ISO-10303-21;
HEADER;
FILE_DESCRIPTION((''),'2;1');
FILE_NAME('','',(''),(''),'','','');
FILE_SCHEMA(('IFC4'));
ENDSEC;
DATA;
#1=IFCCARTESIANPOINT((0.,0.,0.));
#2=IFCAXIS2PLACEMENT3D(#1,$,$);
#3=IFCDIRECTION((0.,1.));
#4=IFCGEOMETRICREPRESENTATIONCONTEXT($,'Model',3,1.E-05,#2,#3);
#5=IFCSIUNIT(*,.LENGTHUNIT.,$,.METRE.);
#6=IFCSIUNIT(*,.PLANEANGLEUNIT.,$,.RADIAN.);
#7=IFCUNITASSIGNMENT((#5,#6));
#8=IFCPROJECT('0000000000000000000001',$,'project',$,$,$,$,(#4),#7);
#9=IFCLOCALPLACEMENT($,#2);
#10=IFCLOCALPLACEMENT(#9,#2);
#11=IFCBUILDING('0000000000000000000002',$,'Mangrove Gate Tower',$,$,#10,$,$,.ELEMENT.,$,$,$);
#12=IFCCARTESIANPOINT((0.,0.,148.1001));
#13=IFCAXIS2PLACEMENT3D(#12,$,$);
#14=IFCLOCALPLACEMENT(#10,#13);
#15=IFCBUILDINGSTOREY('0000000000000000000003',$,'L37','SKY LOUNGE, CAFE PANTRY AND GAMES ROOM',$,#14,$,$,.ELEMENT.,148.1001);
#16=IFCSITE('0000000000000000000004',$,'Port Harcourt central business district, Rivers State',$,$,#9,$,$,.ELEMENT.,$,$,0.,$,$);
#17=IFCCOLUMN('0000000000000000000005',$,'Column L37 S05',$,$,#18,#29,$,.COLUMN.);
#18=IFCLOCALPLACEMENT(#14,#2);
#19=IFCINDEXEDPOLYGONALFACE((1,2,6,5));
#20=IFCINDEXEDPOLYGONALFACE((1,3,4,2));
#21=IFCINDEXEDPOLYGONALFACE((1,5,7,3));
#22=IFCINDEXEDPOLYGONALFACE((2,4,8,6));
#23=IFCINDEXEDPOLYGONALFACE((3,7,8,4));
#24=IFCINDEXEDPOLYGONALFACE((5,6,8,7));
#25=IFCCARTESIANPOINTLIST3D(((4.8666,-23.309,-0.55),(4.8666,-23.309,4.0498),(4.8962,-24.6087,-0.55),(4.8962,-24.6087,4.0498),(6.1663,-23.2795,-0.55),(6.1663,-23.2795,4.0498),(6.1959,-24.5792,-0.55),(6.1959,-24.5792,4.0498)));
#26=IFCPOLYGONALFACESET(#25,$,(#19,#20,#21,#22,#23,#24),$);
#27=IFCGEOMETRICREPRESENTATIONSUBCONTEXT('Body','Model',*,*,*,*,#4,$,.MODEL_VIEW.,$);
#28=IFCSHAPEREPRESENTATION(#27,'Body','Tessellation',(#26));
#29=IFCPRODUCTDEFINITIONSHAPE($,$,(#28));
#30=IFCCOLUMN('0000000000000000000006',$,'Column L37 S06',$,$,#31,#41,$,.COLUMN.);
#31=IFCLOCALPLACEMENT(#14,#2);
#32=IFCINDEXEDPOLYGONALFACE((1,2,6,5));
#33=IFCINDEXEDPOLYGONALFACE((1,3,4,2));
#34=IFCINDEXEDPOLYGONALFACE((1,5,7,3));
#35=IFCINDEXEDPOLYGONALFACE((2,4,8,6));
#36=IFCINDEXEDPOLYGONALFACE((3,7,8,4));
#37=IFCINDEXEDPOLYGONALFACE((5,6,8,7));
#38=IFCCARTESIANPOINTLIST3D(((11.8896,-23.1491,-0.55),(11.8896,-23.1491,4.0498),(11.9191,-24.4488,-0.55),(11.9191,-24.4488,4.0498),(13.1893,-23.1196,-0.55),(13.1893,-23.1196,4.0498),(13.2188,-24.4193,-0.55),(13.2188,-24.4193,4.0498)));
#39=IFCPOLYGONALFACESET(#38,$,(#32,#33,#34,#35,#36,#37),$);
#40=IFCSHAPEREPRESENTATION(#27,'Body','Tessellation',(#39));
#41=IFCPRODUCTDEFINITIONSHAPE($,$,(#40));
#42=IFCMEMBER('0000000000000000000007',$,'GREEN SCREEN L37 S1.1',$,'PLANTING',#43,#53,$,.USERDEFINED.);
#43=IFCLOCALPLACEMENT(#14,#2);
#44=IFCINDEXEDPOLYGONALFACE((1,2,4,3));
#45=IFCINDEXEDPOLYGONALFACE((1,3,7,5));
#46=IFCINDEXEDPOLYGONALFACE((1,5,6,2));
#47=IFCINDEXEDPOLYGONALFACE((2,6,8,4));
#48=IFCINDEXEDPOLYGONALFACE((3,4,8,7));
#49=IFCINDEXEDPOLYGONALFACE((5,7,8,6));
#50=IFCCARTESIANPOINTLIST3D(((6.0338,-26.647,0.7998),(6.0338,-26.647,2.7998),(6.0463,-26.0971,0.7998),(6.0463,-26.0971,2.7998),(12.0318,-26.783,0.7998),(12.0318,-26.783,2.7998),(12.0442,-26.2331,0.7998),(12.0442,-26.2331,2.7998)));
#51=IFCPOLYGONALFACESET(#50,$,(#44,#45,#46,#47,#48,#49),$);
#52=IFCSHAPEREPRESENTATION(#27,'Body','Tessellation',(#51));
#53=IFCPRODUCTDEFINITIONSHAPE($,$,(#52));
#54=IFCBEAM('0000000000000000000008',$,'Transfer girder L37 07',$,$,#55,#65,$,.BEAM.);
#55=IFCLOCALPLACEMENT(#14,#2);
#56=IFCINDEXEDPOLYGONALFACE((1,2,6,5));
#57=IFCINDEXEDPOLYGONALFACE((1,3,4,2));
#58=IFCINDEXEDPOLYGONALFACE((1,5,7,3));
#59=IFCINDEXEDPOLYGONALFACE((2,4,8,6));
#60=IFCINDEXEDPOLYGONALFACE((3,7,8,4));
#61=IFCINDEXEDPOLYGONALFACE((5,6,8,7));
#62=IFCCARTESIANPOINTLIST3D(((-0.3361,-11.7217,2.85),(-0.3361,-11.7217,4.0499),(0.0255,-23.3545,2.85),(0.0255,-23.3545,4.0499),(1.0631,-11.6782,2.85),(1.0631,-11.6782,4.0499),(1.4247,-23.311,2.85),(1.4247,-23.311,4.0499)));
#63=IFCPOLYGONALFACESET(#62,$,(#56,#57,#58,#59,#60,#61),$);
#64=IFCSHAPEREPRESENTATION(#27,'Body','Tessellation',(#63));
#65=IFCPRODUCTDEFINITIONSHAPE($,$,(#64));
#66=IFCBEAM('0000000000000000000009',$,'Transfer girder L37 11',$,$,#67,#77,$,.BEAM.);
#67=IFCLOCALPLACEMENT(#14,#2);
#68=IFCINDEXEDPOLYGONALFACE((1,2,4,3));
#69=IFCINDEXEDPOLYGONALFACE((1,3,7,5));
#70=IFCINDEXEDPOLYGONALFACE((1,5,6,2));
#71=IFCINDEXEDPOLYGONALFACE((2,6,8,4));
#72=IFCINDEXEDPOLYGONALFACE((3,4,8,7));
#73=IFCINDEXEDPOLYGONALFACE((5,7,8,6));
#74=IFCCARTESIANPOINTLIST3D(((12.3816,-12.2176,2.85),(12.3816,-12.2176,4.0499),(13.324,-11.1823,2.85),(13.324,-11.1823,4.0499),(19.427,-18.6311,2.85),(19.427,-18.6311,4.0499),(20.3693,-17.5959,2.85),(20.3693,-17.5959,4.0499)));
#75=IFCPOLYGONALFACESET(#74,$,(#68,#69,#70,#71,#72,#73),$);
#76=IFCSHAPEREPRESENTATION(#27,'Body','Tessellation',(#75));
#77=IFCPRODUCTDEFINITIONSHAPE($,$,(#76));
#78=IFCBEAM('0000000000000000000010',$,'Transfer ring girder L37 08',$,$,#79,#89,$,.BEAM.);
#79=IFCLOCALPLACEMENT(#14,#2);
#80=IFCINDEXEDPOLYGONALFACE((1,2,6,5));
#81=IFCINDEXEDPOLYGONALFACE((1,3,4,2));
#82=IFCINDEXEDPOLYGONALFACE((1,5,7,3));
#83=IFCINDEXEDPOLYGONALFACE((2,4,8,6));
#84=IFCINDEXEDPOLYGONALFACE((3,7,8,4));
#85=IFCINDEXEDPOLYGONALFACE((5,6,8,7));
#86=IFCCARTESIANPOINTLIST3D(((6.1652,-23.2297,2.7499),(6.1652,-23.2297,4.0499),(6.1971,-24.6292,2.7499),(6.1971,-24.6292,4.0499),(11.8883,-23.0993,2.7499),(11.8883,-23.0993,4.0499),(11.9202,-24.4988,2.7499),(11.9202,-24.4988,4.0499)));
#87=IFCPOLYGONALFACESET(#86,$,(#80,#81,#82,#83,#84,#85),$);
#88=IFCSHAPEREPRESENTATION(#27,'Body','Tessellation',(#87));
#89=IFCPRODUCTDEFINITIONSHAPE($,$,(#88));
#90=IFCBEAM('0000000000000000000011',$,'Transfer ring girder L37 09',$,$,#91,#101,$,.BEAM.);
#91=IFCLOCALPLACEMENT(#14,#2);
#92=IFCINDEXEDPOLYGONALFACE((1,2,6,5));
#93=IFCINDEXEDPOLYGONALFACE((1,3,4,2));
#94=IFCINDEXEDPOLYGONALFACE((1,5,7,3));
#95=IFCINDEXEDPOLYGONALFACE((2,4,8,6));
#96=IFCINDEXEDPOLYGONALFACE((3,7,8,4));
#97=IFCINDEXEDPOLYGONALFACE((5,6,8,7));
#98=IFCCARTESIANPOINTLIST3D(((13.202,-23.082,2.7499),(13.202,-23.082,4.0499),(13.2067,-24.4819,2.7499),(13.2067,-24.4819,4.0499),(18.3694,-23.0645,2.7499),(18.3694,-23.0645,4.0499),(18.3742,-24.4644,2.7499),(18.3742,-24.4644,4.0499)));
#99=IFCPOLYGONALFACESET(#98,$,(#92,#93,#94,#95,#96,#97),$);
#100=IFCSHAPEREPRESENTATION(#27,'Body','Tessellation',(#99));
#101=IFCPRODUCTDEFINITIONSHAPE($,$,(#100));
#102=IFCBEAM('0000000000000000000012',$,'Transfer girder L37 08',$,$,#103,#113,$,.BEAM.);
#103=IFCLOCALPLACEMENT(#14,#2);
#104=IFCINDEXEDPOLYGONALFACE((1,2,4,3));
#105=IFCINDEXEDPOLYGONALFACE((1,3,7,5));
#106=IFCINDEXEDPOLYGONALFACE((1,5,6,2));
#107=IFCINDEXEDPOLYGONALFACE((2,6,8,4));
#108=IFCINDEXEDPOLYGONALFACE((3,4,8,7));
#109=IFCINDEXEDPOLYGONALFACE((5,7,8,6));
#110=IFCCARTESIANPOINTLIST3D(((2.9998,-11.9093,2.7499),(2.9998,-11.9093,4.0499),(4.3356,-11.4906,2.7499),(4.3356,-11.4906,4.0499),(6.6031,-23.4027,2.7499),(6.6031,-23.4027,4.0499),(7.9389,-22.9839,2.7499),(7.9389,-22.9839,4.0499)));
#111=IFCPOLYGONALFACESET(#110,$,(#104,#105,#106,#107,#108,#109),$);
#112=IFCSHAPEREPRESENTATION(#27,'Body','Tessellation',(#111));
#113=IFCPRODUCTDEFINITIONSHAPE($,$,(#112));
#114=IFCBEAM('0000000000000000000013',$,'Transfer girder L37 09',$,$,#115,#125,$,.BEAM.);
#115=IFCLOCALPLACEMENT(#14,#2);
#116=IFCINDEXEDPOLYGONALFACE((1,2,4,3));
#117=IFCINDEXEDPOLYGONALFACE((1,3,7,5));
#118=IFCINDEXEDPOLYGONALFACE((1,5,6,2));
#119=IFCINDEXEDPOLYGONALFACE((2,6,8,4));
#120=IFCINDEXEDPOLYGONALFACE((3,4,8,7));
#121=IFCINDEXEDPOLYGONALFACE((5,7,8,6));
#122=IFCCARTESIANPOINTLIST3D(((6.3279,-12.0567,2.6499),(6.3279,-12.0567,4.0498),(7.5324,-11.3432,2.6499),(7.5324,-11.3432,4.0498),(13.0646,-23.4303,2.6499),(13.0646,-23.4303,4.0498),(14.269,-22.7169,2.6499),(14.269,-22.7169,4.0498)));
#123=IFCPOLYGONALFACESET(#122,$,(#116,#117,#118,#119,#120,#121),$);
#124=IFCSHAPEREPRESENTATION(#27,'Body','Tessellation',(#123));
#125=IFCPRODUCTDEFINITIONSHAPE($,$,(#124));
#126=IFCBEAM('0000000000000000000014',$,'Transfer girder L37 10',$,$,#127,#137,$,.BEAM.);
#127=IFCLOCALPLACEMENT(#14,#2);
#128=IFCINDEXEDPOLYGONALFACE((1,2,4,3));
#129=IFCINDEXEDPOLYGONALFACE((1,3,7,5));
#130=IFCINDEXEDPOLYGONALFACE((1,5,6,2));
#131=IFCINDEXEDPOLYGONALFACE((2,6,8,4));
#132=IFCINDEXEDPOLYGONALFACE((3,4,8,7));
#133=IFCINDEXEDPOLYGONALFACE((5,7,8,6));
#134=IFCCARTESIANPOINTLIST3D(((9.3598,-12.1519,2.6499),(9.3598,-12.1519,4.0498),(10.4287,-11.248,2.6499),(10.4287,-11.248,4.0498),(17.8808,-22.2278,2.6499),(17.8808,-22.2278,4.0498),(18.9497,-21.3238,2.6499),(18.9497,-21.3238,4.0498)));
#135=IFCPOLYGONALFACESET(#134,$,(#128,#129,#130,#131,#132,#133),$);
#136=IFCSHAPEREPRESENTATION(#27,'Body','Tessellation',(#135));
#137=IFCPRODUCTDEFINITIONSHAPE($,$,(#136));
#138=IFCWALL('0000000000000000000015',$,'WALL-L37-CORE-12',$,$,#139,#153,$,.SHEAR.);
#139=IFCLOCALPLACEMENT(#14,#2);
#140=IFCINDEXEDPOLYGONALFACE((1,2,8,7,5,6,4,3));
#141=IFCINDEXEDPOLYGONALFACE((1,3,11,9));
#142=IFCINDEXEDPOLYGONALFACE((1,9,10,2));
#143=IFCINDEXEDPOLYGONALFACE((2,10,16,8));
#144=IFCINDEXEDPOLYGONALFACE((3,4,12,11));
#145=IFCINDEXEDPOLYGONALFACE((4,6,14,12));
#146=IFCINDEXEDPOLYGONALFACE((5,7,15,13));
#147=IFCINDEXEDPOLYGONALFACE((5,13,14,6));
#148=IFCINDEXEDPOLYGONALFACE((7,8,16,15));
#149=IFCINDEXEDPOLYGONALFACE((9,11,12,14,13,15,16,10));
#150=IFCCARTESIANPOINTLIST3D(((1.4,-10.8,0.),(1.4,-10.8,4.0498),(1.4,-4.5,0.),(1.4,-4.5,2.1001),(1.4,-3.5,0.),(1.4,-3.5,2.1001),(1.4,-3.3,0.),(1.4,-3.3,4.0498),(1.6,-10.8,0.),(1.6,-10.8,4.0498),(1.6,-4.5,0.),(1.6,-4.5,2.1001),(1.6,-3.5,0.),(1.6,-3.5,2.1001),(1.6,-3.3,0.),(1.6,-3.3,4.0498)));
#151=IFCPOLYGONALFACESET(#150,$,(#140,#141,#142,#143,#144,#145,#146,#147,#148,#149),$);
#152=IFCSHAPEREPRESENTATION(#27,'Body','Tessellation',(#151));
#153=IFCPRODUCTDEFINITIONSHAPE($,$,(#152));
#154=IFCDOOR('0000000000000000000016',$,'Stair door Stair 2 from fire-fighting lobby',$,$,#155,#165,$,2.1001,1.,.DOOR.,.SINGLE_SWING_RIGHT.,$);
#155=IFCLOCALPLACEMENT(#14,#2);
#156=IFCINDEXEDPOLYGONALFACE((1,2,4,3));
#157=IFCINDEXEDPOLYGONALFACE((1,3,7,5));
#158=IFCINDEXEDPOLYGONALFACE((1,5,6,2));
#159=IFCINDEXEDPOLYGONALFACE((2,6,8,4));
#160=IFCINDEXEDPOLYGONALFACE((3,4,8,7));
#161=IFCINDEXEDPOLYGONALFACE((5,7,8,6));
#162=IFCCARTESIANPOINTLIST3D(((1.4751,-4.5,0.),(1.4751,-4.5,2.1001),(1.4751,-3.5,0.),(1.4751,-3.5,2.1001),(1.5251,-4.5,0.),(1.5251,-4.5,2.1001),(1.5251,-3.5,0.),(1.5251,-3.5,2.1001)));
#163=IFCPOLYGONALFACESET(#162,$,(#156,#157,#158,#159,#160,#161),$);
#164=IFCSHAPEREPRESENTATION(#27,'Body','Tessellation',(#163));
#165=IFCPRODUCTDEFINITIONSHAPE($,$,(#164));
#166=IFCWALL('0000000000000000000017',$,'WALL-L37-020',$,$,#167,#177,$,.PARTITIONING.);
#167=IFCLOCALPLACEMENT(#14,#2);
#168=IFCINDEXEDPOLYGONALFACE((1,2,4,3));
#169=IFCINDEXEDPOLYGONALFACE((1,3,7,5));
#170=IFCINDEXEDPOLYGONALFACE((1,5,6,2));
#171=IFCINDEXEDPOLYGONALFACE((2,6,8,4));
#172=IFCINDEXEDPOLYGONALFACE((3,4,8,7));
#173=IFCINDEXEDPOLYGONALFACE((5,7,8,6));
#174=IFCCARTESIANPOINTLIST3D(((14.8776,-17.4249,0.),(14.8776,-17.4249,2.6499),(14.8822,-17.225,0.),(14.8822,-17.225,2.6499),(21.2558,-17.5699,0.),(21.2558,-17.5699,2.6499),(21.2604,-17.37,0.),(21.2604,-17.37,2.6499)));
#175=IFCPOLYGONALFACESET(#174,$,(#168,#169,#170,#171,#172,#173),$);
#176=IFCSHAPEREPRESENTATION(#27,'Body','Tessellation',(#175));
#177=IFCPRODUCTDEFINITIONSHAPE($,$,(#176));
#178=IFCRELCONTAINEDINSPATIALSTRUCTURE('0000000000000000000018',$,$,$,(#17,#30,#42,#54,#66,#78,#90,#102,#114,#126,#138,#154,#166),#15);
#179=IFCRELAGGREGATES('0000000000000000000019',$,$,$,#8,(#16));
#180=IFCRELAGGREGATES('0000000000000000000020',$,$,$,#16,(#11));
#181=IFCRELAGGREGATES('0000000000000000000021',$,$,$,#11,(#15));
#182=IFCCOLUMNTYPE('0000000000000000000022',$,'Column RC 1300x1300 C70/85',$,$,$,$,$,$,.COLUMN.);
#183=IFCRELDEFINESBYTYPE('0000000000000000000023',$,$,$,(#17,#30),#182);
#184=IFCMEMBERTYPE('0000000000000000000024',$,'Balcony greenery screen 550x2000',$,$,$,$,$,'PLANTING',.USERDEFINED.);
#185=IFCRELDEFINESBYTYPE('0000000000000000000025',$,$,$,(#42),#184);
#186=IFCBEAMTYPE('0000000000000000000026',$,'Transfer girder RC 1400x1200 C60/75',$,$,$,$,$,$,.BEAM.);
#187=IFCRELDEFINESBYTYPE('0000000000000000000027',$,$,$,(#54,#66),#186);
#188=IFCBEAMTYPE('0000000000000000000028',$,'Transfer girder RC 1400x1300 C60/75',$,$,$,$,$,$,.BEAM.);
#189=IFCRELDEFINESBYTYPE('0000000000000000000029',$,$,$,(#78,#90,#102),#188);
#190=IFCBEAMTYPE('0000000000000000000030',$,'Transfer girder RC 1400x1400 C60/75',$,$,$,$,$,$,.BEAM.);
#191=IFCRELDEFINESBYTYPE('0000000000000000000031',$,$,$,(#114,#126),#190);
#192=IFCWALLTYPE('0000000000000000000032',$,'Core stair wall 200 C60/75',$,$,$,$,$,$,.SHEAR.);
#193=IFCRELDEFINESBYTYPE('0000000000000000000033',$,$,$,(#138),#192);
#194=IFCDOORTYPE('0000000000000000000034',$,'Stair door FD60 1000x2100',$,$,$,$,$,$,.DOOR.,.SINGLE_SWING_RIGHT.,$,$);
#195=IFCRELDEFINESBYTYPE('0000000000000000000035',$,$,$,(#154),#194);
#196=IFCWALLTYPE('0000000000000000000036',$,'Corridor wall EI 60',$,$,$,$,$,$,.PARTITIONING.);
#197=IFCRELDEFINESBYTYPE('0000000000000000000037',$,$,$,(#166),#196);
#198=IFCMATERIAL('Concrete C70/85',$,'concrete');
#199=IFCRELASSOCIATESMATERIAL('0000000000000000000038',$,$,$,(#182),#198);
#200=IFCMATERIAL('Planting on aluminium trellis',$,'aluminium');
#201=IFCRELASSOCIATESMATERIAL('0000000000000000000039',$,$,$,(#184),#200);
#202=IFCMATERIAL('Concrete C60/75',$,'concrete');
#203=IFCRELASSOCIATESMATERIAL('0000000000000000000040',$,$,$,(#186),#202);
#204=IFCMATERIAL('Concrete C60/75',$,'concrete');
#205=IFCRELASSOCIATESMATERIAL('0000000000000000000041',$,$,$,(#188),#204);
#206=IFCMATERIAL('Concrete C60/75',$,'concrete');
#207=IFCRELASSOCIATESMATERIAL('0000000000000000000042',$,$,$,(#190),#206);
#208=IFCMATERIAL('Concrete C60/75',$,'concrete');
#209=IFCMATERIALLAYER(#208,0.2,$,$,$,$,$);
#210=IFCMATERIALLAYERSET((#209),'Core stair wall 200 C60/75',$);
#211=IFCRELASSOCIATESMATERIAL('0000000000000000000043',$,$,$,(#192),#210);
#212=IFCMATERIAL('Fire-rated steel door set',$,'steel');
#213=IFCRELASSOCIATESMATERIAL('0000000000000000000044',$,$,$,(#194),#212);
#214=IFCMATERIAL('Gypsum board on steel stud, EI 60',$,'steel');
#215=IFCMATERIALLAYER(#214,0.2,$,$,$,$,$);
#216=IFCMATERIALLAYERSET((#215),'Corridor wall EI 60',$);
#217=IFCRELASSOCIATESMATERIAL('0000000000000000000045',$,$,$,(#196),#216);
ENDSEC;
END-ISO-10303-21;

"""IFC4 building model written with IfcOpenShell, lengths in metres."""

from ifc_helpers import new_model, si_unit, direction, frame, frame_2d, origin, origin_2d, place, context, subcontext, project, spatial, rectangle, extrude, material, layer, layer_set, material_profile, profile_set, type_object, element, fill, save


model = new_model("IFC4")

# Units and contexts
model_context = context("Model", 3, precision=1e-05, world=origin(), true_north=direction((0.0, 1.0)))
body_context = subcontext(model_context, "Body", "Model", "MODEL_VIEW")
ifc_project = project(units=[si_unit("LENGTHUNIT", "METRE"), si_unit("PLANEANGLEUNIT", "RADIAN")], contexts=[model_context])

# Site, building, storey
site_placement = place(None, origin())
site = spatial("IfcSite", under=ifc_project, at=site_placement, Name="Port Harcourt central business district, Rivers State", CompositionType="ELEMENT", RefElevation=0.0)
building_placement = place(site_placement, origin())
building = spatial("IfcBuilding", under=site, at=building_placement, Name="Mangrove Gate Tower", CompositionType="ELEMENT")
storey_placement = place(building_placement, frame((0.0, 0.0, 148.1001)))
storey = spatial("IfcBuildingStorey", under=building, at=storey_placement, Name="L37", Description="SKY LOUNGE, CAFE PANTRY AND GAMES ROOM", CompositionType="ELEMENT", Elevation=148.1001)

# Columns
ifc_material_1 = material(Name="Concrete C70/85", Category="concrete")
ifc_material_profile_1 = material_profile(ifc_material_1, rectangle(XDim=1.3, YDim=1.3, at=origin_2d()))
ifc_profile_set_1 = profile_set([ifc_material_profile_1], Name="Concrete C70/85")
column_type = type_object("IfcColumnType", Name="Column RC 1300x1300 C70/85", PredefinedType="COLUMN", material=ifc_profile_set_1)
for number, where, z_axis, x_axis, name in (
    (1, (5.5312, -23.9441, -0.55), (0.0, 0.0, 1.0), (0.999742, 0.022707, 0.0), "Column L37 S05"),
    (2, (12.5542, -23.7842, -0.55), (0.0, 0.0, 1.0), (0.999742, 0.022707, 0.0), "Column L37 S06"),
):
    element("IfcColumn", number, at=place(storey_placement, frame(where, z_axis=z_axis, x_axis=x_axis)), inside=storey, type_object=column_type, Name=name, PredefinedType="COLUMN", context=body_context, shape_type="SweptSolid", body=[
        extrude(rectangle(XDim=1.3, YDim=1.3, at=origin_2d()), origin(), (0.0, 0.0, 1.0), 4.5999),
    ])

# Member
ifc_material_2 = material(Name="Planting on aluminium trellis", Category="aluminium")
ifc_material_profile_2 = material_profile(ifc_material_2, rectangle(XDim=0.55, YDim=2.0, at=origin_2d()))
ifc_profile_set_2 = profile_set([ifc_material_profile_2], Name="Planting on aluminium trellis")
member_type = type_object("IfcMemberType", Name="Balcony greenery screen 550x2000", ElementType="PLANTING", PredefinedType="USERDEFINED", material=ifc_profile_set_2)
member_placement = place(storey_placement, frame((6.04, -26.3721, 1.7998), z_axis=(0.999743, -0.022666, 0.0), x_axis=(0.022666, 0.999743, 0.0)))
element("IfcMember", 3, at=member_placement, inside=storey, type_object=member_type, Name="GREEN SCREEN L37 S1.1", ObjectType="PLANTING", PredefinedType="USERDEFINED", context=body_context, shape_type="SweptSolid", body=[
    extrude(rectangle(XDim=0.55, YDim=2.0, at=origin_2d()), origin(), (0.0, 0.0, 1.0), 5.9995),
])

# Beams
ifc_material_3 = material(Name="Concrete C60/75", Category="concrete")
ifc_material_profile_3 = material_profile(ifc_material_3, rectangle(XDim=1.3999, YDim=1.2, at=origin_2d()))
ifc_profile_set_3 = profile_set([ifc_material_profile_3], Name="Concrete C60/75")
beam_type_1 = type_object("IfcBeamType", Name="Transfer girder RC 1400x1200 C60/75", PredefinedType="BEAM", material=ifc_profile_set_3)
beam_1_placement = place(storey_placement, frame((0.3635, -11.7, 3.45), z_axis=(0.031067, -0.999517, 0.0), x_axis=(0.999517, 0.031067, 0.0)))
element("IfcBeam", 4, at=beam_1_placement, inside=storey, type_object=beam_type_1, Name="Transfer girder L37 07", PredefinedType="BEAM", context=body_context, shape_type="SweptSolid", body=[
    extrude(rectangle(XDim=1.3999, YDim=1.2, at=origin_2d()), origin(), (0.0, 0.0, 1.0), 11.6384),
])
beam_2_placement = place(storey_placement, frame((12.8528, -11.7, 3.45), z_axis=(0.739488, -0.67317, 0.0), x_axis=(0.67317, 0.739488, 0.0)))
element("IfcBeam", 5, at=beam_2_placement, inside=storey, type_object=beam_type_1, Name="Transfer girder L37 11", PredefinedType="BEAM", context=body_context, shape_type="SweptSolid", body=[
    extrude(rectangle(XDim=1.3999, YDim=1.2, at=origin_2d()), origin(), (0.0, 0.0, 1.0), 9.5273),
])
ifc_material_4 = material(Name="Concrete C60/75", Category="concrete")
ifc_material_profile_4 = material_profile(ifc_material_4, rectangle(XDim=1.3999, YDim=1.3, at=origin_2d()))
ifc_profile_set_4 = profile_set([ifc_material_profile_4], Name="Concrete C60/75")
beam_type_2 = type_object("IfcBeamType", Name="Transfer girder RC 1400x1300 C60/75", PredefinedType="BEAM", material=ifc_profile_set_4)
beam_3_placement = place(storey_placement, frame((6.1812, -23.9294, 3.3999), z_axis=(0.999741, 0.022774, 0.0), x_axis=(-0.022774, 0.999741, 0.0)))
element("IfcBeam", 6, at=beam_3_placement, inside=storey, type_object=beam_type_2, Name="Transfer ring girder L37 08", PredefinedType="BEAM", context=body_context, shape_type="SweptSolid", body=[
    extrude(rectangle(XDim=1.3999, YDim=1.3, at=origin_2d()), origin(), (0.0, 0.0, 1.0), 5.7246),
])
beam_4_placement = place(storey_placement, frame((13.2043, -23.782, 3.3999), z_axis=(0.999994, 0.003402, 0.0), x_axis=(-0.003402, 0.999994, 0.0)))
element("IfcBeam", 7, at=beam_4_placement, inside=storey, type_object=beam_type_2, Name="Transfer ring girder L37 09", PredefinedType="BEAM", context=body_context, shape_type="SweptSolid", body=[
    extrude(rectangle(XDim=1.3999, YDim=1.3, at=origin_2d()), origin(), (0.0, 0.0, 1.0), 5.1675),
])
beam_5_placement = place(storey_placement, frame((3.6677, -11.7, 3.3999), z_axis=(0.299151, -0.954206, 0.0), x_axis=(0.954206, 0.299151, 0.0)))
element("IfcBeam", 8, at=beam_5_placement, inside=storey, type_object=beam_type_2, Name="Transfer girder L37 08", PredefinedType="BEAM", context=body_context, shape_type="SweptSolid", body=[
    extrude(rectangle(XDim=1.3999, YDim=1.3, at=origin_2d()), origin(), (0.0, 0.0, 1.0), 12.0449),
])
ifc_material_5 = material(Name="Concrete C60/75", Category="concrete")
ifc_material_profile_5 = material_profile(ifc_material_5, rectangle(XDim=1.3999, YDim=1.3999, at=origin_2d()))
ifc_profile_set_5 = profile_set([ifc_material_profile_5], Name="Concrete C60/75")
beam_type_3 = type_object("IfcBeamType", Name="Transfer girder RC 1400x1400 C60/75", PredefinedType="BEAM", material=ifc_profile_set_5)
beam_6_placement = place(storey_placement, frame((6.9302, -11.7, 3.3499), z_axis=(0.509618, -0.860401, 0.0), x_axis=(0.860401, 0.509618, 0.0)))
element("IfcBeam", 9, at=beam_6_placement, inside=storey, type_object=beam_type_3, Name="Transfer girder L37 09", PredefinedType="BEAM", context=body_context, shape_type="SweptSolid", body=[
    extrude(rectangle(XDim=1.3999, YDim=1.3999, at=origin_2d()), origin(), (0.0, 0.0, 1.0), 13.219),
])
beam_7_placement = place(storey_placement, frame((9.8943, -11.7, 3.3499), z_axis=(0.645731, -0.763565, 0.0), x_axis=(0.763565, 0.645731, 0.0)))
element("IfcBeam", 10, at=beam_7_placement, inside=storey, type_object=beam_type_3, Name="Transfer girder L37 10", PredefinedType="BEAM", context=body_context, shape_type="SweptSolid", body=[
    extrude(rectangle(XDim=1.3999, YDim=1.3999, at=origin_2d()), origin(), (0.0, 0.0, 1.0), 13.1958),
])

# Wall, opening, door
ifc_material_6 = material(Name="Concrete C60/75", Category="concrete")
ifc_layer_1 = layer(ifc_material_6, 0.2)
ifc_layer_set_1 = layer_set([ifc_layer_1], Name="Core stair wall 200 C60/75")
wall_type_1 = type_object("IfcWallType", Name="Core stair wall 200 C60/75", PredefinedType="SHEAR", material=ifc_layer_set_1)
wall_1_placement = place(storey_placement, frame((1.5, -10.8, 0.0), z_axis=(0.0, 0.0, 1.0), x_axis=(0.0, 1.0, 0.0)))
wall_1 = element("IfcWall", 11, at=wall_1_placement, inside=storey, type_object=wall_type_1, Name="WALL-L37-CORE-12", PredefinedType="SHEAR", context=body_context, shape_type="SweptSolid", body=[
    extrude(rectangle(XDim=7.5, YDim=0.2, at=frame_2d((3.75, 0.0))), origin(), (0.0, 0.0, 1.0), 4.0498),
])
opening_1_placement = place(wall_1_placement, frame((6.3, 0.0, 0.0)))
opening_1 = element("IfcOpeningElement", 12, at=opening_1_placement, cuts=wall_1, PredefinedType="OPENING", context=body_context, shape_type="SweptSolid", body=[
    extrude(rectangle(XDim=1.0, YDim=2.1001, at=frame_2d((0.5, 1.05))), frame((0.0, 0.1099, 0.0), z_axis=(0.0, -1.0, 0.0), x_axis=(1.0, 0.0, 0.0)), (0.0, 0.0, 1.0), 0.22),
])
ifc_material_7 = material(Name="Fire-rated steel door set", Category="steel")
door_type_1 = type_object("IfcDoorType", Name="Stair door FD60 1000x2100", OperationType="SINGLE_SWING_RIGHT", PredefinedType="DOOR", material=ifc_material_7)
door_1_placement = place(opening_1_placement, origin())
door_1 = element("IfcDoor", 13, at=door_1_placement, inside=storey, type_object=door_type_1, Name="Stair door Stair 2 from fire-fighting lobby", OperationType="SINGLE_SWING_RIGHT", OverallHeight=2.1001, OverallWidth=1.0, PredefinedType="DOOR", context=body_context, shape_type="SweptSolid", body=[
    extrude(rectangle(XDim=1.0, YDim=2.1001, at=frame_2d((0.5, 1.05))), frame((0.0, 0.0249, 0.0), z_axis=(0.0, -1.0, 0.0), x_axis=(1.0, 0.0, 0.0)), (0.0, 0.0, 1.0), 0.05),
])
fill(opening_1, door_1)

# Wall
ifc_material_8 = material(Name="Gypsum board on steel stud, EI 60", Category="steel")
ifc_layer_2 = layer(ifc_material_8, 0.2)
ifc_layer_set_2 = layer_set([ifc_layer_2], Name="Corridor wall EI 60")
wall_type_2 = type_object("IfcWallType", Name="Corridor wall EI 60", PredefinedType="PARTITIONING", material=ifc_layer_set_2)
wall_2_placement = place(storey_placement, frame((14.8799, -17.325, 0.0), z_axis=(0.0, 0.0, 1.0), x_axis=(0.999742, -0.022731, 0.0)))
element("IfcWall", 14, at=wall_2_placement, inside=storey, type_object=wall_type_2, Name="WALL-L37-020", PredefinedType="PARTITIONING", context=body_context, shape_type="SweptSolid", body=[
    extrude(rectangle(XDim=6.3799, YDim=0.2, at=frame_2d((3.1899, 0.0))), origin(), (0.0, 0.0, 1.0), 2.6499),
])

save(model, "model.ifc")
